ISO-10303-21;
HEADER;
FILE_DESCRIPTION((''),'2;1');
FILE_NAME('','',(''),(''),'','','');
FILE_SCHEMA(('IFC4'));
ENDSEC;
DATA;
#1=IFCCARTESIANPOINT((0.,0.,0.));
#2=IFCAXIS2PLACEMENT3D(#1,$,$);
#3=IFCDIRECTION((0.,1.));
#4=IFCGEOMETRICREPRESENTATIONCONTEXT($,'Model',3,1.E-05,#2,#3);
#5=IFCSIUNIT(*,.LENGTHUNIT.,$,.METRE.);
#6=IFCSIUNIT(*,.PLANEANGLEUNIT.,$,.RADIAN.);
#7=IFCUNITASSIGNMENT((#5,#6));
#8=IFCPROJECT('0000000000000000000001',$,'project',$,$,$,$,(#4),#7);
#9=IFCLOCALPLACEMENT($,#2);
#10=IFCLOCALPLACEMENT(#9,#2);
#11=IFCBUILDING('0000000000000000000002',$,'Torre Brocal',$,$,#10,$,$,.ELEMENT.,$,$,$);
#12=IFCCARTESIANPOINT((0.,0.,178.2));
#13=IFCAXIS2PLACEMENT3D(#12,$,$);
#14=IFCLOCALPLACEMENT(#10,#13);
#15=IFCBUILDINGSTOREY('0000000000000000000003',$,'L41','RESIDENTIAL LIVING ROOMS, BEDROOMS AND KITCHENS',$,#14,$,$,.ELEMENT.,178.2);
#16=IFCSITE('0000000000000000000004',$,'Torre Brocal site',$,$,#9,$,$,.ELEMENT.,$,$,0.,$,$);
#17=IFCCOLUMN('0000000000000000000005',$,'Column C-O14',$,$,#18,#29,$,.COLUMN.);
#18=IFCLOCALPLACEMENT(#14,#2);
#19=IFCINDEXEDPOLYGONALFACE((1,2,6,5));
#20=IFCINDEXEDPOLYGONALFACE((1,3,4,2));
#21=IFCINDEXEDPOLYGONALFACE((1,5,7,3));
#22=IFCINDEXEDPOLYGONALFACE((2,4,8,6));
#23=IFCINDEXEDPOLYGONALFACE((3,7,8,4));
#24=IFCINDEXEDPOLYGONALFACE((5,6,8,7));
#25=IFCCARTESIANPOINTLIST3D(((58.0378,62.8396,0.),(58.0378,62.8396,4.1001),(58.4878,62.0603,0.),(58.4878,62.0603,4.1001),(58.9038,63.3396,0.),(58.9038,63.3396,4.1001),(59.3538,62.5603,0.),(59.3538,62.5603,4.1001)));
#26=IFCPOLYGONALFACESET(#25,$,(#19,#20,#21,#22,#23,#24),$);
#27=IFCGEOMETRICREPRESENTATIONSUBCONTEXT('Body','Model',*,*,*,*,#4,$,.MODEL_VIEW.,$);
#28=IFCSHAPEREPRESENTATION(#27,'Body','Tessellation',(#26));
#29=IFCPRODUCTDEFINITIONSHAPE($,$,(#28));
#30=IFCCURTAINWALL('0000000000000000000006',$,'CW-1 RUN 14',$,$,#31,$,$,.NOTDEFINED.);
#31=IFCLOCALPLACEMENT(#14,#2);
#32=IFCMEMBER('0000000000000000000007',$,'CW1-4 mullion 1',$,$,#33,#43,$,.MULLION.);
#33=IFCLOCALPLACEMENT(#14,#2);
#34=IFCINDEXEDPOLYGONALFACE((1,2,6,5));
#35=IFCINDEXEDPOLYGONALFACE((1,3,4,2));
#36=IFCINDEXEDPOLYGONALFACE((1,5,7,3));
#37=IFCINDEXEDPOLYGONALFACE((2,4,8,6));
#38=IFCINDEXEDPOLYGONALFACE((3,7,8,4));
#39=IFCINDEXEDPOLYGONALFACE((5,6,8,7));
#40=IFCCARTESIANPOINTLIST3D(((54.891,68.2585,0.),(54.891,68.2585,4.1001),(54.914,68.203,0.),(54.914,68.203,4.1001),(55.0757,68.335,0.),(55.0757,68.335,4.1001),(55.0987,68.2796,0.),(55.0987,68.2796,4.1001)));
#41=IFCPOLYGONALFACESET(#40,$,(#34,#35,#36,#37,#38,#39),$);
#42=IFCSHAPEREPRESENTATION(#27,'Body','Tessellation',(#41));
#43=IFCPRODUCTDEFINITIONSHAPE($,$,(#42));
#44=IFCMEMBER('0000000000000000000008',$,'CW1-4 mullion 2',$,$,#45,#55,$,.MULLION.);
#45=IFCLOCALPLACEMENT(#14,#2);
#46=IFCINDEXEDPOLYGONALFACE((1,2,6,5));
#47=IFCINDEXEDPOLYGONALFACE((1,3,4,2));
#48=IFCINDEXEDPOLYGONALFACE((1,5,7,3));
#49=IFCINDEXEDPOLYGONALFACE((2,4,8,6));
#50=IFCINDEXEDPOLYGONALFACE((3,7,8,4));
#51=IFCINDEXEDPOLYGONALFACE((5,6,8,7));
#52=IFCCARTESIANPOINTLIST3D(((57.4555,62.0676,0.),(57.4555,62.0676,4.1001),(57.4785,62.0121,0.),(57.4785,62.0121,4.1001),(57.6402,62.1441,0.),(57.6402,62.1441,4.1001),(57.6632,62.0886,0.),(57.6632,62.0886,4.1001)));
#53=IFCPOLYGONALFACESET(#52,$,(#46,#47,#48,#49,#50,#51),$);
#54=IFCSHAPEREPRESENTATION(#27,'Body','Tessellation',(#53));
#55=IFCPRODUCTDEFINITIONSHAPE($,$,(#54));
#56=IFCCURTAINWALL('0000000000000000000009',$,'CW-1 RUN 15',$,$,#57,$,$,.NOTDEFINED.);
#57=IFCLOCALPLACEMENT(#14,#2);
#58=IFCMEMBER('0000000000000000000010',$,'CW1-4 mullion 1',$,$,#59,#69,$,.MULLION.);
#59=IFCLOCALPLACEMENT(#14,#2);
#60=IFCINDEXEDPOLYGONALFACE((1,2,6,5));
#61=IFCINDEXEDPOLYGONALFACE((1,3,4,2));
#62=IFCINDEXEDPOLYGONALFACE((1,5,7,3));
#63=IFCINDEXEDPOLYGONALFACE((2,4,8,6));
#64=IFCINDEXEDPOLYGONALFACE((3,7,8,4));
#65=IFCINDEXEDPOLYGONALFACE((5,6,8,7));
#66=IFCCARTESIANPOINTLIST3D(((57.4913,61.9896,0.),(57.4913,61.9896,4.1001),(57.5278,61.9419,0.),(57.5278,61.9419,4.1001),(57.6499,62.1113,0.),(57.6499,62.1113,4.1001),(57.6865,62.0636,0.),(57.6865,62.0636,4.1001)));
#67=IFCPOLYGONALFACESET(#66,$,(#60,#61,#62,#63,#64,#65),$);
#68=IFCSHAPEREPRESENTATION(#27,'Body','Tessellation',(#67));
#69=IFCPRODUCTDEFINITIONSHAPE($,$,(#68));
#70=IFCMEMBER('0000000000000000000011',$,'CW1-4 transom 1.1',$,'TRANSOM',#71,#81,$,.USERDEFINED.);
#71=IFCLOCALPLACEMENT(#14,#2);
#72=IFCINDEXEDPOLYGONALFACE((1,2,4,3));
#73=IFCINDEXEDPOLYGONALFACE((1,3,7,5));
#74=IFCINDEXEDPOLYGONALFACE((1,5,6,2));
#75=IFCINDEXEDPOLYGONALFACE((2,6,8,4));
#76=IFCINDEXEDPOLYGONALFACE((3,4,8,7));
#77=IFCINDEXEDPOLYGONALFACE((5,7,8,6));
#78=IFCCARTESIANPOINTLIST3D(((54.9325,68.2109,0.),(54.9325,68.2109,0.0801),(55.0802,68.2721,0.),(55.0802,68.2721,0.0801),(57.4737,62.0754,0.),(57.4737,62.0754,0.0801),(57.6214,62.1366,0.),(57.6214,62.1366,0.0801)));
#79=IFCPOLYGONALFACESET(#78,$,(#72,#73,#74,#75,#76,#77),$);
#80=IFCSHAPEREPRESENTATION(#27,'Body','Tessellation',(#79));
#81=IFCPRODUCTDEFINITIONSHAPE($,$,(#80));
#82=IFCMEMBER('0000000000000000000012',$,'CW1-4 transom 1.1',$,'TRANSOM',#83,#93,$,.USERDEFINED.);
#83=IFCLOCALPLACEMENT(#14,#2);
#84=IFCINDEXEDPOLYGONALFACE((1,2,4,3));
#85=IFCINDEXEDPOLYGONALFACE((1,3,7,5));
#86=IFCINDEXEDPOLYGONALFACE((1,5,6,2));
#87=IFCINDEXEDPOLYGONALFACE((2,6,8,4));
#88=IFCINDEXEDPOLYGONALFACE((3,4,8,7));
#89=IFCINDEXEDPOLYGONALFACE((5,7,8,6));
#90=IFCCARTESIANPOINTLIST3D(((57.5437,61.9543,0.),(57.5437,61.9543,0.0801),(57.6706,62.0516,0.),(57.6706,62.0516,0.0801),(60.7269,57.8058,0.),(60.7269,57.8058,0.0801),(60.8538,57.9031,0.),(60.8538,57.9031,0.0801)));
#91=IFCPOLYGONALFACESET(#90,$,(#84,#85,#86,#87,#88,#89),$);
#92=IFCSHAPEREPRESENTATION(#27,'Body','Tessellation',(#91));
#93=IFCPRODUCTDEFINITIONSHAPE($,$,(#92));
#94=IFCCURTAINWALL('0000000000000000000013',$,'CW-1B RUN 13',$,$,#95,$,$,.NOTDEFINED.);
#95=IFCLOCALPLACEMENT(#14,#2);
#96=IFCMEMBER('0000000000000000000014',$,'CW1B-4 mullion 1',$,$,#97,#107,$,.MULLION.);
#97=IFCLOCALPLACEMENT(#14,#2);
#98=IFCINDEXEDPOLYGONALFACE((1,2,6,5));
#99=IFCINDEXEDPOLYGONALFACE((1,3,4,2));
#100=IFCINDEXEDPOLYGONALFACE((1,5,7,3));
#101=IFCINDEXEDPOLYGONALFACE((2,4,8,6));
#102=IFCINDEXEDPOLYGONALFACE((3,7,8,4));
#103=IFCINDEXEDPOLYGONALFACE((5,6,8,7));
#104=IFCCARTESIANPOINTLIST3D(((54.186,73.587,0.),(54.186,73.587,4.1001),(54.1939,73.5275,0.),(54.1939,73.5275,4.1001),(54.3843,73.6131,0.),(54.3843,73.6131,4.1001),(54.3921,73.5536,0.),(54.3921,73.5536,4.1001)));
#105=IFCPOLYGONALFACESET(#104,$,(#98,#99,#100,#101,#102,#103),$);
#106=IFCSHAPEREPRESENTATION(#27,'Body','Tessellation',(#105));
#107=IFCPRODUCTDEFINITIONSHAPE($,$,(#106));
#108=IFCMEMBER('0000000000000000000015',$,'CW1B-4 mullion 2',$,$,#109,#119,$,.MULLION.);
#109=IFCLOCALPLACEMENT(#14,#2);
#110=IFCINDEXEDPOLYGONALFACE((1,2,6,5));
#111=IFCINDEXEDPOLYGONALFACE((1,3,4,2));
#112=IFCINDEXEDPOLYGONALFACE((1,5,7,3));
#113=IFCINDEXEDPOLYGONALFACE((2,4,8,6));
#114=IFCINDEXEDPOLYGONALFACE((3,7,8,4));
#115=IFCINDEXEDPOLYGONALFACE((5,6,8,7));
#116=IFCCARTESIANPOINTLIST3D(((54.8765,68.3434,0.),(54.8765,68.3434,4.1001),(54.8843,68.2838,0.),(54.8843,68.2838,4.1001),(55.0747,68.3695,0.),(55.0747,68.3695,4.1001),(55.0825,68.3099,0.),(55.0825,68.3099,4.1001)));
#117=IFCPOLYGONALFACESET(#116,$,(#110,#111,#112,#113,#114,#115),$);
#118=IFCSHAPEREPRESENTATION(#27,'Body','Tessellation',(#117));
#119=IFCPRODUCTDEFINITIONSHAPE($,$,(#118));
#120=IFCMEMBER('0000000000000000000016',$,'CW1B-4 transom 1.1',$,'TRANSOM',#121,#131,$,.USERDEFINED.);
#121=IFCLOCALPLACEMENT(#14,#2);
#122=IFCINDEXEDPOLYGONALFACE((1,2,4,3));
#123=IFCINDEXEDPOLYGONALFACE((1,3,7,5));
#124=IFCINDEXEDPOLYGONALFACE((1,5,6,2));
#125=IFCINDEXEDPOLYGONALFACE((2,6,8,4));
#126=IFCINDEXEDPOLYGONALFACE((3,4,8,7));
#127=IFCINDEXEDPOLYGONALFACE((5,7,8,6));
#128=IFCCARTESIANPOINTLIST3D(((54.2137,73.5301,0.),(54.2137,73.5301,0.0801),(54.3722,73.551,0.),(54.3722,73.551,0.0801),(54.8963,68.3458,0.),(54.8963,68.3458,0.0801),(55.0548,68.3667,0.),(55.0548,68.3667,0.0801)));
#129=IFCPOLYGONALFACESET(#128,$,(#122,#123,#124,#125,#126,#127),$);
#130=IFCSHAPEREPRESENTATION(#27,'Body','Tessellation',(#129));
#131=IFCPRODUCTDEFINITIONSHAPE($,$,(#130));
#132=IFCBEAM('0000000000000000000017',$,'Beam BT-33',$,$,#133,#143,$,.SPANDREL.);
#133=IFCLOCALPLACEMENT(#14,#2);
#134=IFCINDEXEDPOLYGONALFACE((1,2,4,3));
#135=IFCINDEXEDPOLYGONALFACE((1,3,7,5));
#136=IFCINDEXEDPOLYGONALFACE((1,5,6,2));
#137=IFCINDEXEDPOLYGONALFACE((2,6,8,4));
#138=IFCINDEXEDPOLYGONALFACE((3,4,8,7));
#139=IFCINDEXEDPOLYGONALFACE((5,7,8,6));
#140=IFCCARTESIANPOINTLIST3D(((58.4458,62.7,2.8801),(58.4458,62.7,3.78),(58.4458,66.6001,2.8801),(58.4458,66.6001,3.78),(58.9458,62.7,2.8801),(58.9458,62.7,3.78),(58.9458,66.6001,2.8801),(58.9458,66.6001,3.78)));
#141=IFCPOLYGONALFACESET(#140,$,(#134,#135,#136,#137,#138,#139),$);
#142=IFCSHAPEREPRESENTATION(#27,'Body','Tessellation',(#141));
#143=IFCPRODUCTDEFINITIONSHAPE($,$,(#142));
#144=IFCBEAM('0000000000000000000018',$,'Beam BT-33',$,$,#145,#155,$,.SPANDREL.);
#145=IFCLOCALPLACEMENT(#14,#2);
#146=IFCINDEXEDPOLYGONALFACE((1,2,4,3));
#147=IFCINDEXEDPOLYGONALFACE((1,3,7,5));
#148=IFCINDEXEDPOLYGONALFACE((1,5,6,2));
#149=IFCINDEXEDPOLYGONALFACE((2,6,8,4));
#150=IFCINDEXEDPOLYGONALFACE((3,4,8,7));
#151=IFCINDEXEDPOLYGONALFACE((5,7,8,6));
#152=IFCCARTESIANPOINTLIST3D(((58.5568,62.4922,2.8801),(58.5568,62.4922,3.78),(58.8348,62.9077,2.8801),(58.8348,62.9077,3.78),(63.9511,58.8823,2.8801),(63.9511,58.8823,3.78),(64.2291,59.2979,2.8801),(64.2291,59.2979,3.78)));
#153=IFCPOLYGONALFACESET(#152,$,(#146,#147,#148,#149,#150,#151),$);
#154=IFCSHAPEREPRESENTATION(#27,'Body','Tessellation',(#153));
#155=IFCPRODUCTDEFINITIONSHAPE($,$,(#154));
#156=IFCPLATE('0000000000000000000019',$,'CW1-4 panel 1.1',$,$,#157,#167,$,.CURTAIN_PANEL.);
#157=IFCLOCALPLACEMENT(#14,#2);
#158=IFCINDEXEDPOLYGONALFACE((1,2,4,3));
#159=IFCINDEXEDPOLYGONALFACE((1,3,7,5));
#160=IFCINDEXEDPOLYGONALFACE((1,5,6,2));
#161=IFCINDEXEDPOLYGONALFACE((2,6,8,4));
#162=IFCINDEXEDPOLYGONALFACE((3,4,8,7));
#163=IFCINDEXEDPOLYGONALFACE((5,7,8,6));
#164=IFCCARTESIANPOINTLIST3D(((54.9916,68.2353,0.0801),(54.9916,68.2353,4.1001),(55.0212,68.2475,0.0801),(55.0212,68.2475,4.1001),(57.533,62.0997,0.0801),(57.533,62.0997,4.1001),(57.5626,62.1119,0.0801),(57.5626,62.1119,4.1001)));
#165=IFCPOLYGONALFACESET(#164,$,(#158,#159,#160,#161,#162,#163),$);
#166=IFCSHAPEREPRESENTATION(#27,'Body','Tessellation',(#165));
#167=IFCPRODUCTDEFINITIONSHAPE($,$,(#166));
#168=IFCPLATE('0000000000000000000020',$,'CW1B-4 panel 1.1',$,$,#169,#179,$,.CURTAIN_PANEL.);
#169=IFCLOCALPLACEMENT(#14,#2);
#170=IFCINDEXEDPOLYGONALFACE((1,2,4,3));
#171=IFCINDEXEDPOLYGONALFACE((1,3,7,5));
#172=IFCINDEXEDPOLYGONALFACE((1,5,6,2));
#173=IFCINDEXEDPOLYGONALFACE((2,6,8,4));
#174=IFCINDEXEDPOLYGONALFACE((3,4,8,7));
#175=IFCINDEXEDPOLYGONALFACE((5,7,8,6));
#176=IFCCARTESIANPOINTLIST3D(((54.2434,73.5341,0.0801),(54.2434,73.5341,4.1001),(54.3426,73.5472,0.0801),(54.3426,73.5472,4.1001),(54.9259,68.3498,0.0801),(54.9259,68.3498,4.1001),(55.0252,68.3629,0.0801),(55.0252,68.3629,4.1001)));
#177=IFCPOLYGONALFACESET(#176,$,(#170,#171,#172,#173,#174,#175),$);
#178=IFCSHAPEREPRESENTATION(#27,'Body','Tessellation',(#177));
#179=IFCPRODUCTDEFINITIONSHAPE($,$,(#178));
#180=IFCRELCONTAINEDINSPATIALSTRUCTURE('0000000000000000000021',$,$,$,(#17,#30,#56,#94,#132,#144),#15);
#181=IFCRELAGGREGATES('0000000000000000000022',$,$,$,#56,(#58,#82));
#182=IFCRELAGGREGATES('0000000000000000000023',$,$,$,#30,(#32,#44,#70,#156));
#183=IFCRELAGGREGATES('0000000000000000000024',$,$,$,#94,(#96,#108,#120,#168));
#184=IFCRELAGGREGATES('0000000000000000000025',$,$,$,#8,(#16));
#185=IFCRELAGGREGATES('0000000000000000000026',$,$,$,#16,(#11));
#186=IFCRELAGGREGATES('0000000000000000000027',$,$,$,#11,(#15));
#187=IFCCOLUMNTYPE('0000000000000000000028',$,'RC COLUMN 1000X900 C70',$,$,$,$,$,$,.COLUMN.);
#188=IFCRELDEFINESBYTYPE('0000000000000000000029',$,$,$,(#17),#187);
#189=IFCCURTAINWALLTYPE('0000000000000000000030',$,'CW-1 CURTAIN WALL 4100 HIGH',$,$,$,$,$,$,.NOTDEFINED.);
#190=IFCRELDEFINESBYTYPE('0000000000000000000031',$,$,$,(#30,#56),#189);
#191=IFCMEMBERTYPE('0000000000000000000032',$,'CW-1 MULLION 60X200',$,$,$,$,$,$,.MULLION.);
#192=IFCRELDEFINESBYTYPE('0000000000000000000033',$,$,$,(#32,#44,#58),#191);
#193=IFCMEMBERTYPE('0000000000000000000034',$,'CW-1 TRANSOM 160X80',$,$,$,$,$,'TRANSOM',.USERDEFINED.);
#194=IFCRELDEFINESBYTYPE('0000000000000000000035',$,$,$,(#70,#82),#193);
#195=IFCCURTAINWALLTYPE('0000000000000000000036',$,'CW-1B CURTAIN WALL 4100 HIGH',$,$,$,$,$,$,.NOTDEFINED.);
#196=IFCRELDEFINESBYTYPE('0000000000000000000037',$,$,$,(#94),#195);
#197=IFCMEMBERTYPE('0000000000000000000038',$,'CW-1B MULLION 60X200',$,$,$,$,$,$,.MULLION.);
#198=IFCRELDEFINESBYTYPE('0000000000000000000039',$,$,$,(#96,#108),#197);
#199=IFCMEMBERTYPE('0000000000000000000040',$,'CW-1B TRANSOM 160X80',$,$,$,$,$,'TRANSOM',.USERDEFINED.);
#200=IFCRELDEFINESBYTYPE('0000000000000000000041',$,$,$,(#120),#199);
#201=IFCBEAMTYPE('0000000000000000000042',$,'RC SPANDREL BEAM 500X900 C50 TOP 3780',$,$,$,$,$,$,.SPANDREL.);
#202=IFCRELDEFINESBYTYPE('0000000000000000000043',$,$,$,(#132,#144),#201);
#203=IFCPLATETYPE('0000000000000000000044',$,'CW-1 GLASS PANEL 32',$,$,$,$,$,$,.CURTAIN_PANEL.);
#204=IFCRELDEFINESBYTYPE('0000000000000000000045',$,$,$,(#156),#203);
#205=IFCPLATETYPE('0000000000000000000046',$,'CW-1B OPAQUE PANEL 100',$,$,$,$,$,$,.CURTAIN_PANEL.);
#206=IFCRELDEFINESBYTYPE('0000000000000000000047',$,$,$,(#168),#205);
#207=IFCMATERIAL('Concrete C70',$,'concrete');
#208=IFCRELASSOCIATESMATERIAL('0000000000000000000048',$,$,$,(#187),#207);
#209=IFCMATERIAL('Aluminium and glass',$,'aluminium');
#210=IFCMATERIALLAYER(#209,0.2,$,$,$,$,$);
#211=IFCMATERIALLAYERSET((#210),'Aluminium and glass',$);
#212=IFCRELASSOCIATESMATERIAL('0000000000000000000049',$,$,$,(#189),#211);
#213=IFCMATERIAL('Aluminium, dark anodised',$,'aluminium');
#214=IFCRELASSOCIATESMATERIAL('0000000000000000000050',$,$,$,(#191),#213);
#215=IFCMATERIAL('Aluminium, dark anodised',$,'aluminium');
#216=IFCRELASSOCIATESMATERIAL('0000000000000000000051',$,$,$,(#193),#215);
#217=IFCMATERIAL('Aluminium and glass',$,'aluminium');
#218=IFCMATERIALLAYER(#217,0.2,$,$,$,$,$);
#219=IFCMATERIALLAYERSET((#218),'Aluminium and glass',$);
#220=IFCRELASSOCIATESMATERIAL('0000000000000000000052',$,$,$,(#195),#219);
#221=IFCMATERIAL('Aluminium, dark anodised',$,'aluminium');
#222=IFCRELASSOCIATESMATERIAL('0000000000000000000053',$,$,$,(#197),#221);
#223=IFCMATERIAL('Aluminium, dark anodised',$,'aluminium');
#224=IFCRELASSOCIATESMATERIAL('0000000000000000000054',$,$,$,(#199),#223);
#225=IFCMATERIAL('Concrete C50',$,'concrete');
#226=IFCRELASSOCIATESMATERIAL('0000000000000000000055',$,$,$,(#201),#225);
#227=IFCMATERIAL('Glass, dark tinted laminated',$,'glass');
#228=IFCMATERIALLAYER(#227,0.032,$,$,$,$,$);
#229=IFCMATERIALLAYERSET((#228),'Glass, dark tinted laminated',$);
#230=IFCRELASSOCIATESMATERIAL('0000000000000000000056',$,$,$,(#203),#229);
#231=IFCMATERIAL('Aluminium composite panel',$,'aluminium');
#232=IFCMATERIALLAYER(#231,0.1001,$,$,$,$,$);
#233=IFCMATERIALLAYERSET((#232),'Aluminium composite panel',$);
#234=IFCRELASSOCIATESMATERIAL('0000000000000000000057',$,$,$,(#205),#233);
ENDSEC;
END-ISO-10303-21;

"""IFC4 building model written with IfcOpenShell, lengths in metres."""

from ifc_helpers import new_model, si_unit, direction, frame, origin, origin_2d, place, context, subcontext, project, spatial, rectangle, extrude, material, layer, layer_set, material_profile, profile_set, type_object, element, aggregate, save


model = new_model("IFC4")

# Units and contexts
model_context = context("Model", 3, precision=1e-05, world=origin(), true_north=direction((0.0, 1.0)))
body_context = subcontext(model_context, "Body", "Model", "MODEL_VIEW")
ifc_project = project(units=[si_unit("LENGTHUNIT", "METRE"), si_unit("PLANEANGLEUNIT", "RADIAN")], contexts=[model_context])

# Site, building, storey
site_placement = place(None, origin())
site = spatial("IfcSite", under=ifc_project, at=site_placement, Name="Torre Brocal site", CompositionType="ELEMENT", RefElevation=0.0)
building_placement = place(site_placement, origin())
building = spatial("IfcBuilding", under=site, at=building_placement, Name="Torre Brocal", CompositionType="ELEMENT")
storey_placement = place(building_placement, frame((0.0, 0.0, 178.2)))
storey = spatial("IfcBuildingStorey", under=building, at=storey_placement, Name="L41", Description="RESIDENTIAL LIVING ROOMS, BEDROOMS AND KITCHENS", CompositionType="ELEMENT", Elevation=178.2)

# Column
ifc_material_1 = material(Name="Concrete C70", Category="concrete")
ifc_material_profile_1 = material_profile(ifc_material_1, rectangle(XDim=1.0, YDim=0.8999, at=origin_2d()), Name="RC 1000X900")
ifc_profile_set_1 = profile_set([ifc_material_profile_1], Name="Concrete C70")
column_type = type_object("IfcColumnType", Name="RC COLUMN 1000X900 C70", PredefinedType="COLUMN", material=ifc_profile_set_1)
column_placement = place(storey_placement, frame((58.6958, 62.7, 0.0), z_axis=(0.0, 0.0, 1.0), x_axis=(-0.866025, -0.5, 0.0)))
element("IfcColumn", 1, at=column_placement, inside=storey, type_object=column_type, Name="Column C-O14", PredefinedType="COLUMN", context=body_context, shape_type="SweptSolid", body=[
    extrude(rectangle(XDim=1.0, YDim=0.8999, at=origin_2d()), origin(), (0.0, 0.0, 1.0), 4.1001),
])

# Curtain wall, members
ifc_material_2 = material(Name="Aluminium and glass", Category="aluminium")
ifc_layer_1 = layer(ifc_material_2, 0.2)
ifc_layer_set_1 = layer_set([ifc_layer_1], Name="Aluminium and glass")
curtain_wall_type_1 = type_object("IfcCurtainWallType", Name="CW-1 CURTAIN WALL 4100 HIGH", PredefinedType="NOTDEFINED", material=ifc_layer_set_1)
curtain_wall_1_placement = place(storey_placement, origin())
curtain_wall_1 = element("IfcCurtainWall", 2, at=curtain_wall_1_placement, inside=storey, type_object=curtain_wall_type_1, Name="CW-1 RUN 14", PredefinedType="NOTDEFINED")
ifc_material_3 = material(Name="Aluminium, dark anodised", Category="aluminium")
ifc_material_profile_2 = material_profile(ifc_material_3, rectangle(XDim=0.2, YDim=0.0601, at=origin_2d()), Name="CW-1 MULLION 60X200")
ifc_profile_set_2 = profile_set([ifc_material_profile_2], Name="Aluminium, dark anodised")
member_type_1 = type_object("IfcMemberType", Name="CW-1 MULLION 60X200", PredefinedType="MULLION", material=ifc_profile_set_2)
member_1_placement = place(storey_placement, frame((54.9949, 68.269, 0.0), z_axis=(0.0, 0.0, 1.0), x_axis=(0.92388, 0.382683, 0.0)))
member_1 = element("IfcMember", 3, at=member_1_placement, type_object=member_type_1, Name="CW1-4 mullion 1", PredefinedType="MULLION", context=body_context, shape_type="SweptSolid", body=[
    extrude(rectangle(XDim=0.2, YDim=0.0601, at=origin_2d()), origin(), (0.0, 0.0, 1.0), 4.1001),
])
member_2_placement = place(storey_placement, frame((57.5593, 62.0781, 0.0), z_axis=(0.0, 0.0, 1.0), x_axis=(0.92388, 0.382683, 0.0)))
member_2 = element("IfcMember", 4, at=member_2_placement, type_object=member_type_1, Name="CW1-4 mullion 2", PredefinedType="MULLION", context=body_context, shape_type="SweptSolid", body=[
    extrude(rectangle(XDim=0.2, YDim=0.0601, at=origin_2d()), origin(), (0.0, 0.0, 1.0), 4.1001),
])

# Curtain wall, member
curtain_wall_2_placement = place(storey_placement, origin())
curtain_wall_2 = element("IfcCurtainWall", 5, at=curtain_wall_2_placement, inside=storey, type_object=curtain_wall_type_1, Name="CW-1 RUN 15", PredefinedType="NOTDEFINED")
member_3_placement = place(storey_placement, frame((57.5889, 62.0266, 0.0), z_axis=(0.0, 0.0, 1.0), x_axis=(0.793353, 0.608761, 0.0)))
member_3 = element("IfcMember", 6, at=member_3_placement, type_object=member_type_1, Name="CW1-4 mullion 1", PredefinedType="MULLION", context=body_context, shape_type="SweptSolid", body=[
    extrude(rectangle(XDim=0.2, YDim=0.0601, at=origin_2d()), origin(), (0.0, 0.0, 1.0), 4.1001),
])

# Members
ifc_material_4 = material(Name="Aluminium, dark anodised", Category="aluminium")
ifc_material_profile_3 = material_profile(ifc_material_4, rectangle(XDim=0.1599, YDim=0.0801, at=origin_2d()), Name="CW-1 TRANSOM 160X80")
ifc_profile_set_3 = profile_set([ifc_material_profile_3], Name="Aluminium, dark anodised")
member_type_2 = type_object("IfcMemberType", Name="CW-1 TRANSOM 160X80", ElementType="TRANSOM", PredefinedType="USERDEFINED", material=ifc_profile_set_3)
member_4_placement = place(storey_placement, frame((55.0063, 68.2415, 0.04), z_axis=(0.382665, -0.923887, 0.0), x_axis=(0.923887, 0.382665, 0.0)))
member_4 = element("IfcMember", 7, at=member_4_placement, type_object=member_type_2, Name="CW1-4 transom 1.1", ObjectType="TRANSOM", PredefinedType="USERDEFINED", context=body_context, shape_type="SweptSolid", body=[
    extrude(rectangle(XDim=0.1599, YDim=0.0801, at=origin_2d()), origin(), (0.0, 0.0, 1.0), 6.6409),
])
member_5_placement = place(storey_placement, frame((57.6072, 62.0029, 0.04), z_axis=(0.608749, -0.793363, 0.0), x_axis=(0.793363, 0.608749, 0.0)))
member_5 = element("IfcMember", 8, at=member_5_placement, type_object=member_type_2, Name="CW1-4 transom 1.1", ObjectType="TRANSOM", PredefinedType="USERDEFINED", context=body_context, shape_type="SweptSolid", body=[
    extrude(rectangle(XDim=0.1599, YDim=0.0801, at=origin_2d()), origin(), (0.0, 0.0, 1.0), 5.229),
])
aggregate(curtain_wall_2, [member_3, member_5])

# Curtain wall, members
ifc_material_5 = material(Name="Aluminium and glass", Category="aluminium")
ifc_layer_2 = layer(ifc_material_5, 0.2)
ifc_layer_set_2 = layer_set([ifc_layer_2], Name="Aluminium and glass")
curtain_wall_type_2 = type_object("IfcCurtainWallType", Name="CW-1B CURTAIN WALL 4100 HIGH", PredefinedType="NOTDEFINED", material=ifc_layer_set_2)
curtain_wall_3_placement = place(storey_placement, origin())
curtain_wall_3 = element("IfcCurtainWall", 9, at=curtain_wall_3_placement, inside=storey, type_object=curtain_wall_type_2, Name="CW-1B RUN 13", PredefinedType="NOTDEFINED")
ifc_material_6 = material(Name="Aluminium, dark anodised", Category="aluminium")
ifc_material_profile_4 = material_profile(ifc_material_6, rectangle(XDim=0.2, YDim=0.0601, at=origin_2d()), Name="CW-1B MULLION 60X200")
ifc_profile_set_4 = profile_set([ifc_material_profile_4], Name="Aluminium, dark anodised")
member_type_3 = type_object("IfcMemberType", Name="CW-1B MULLION 60X200", PredefinedType="MULLION", material=ifc_profile_set_4)
member_6_placement = place(storey_placement, frame((54.2891, 73.5703, 0.0), z_axis=(0.0, 0.0, 1.0), x_axis=(0.991445, 0.130526, 0.0)))
member_6 = element("IfcMember", 10, at=member_6_placement, type_object=member_type_3, Name="CW1B-4 mullion 1", PredefinedType="MULLION", context=body_context, shape_type="SweptSolid", body=[
    extrude(rectangle(XDim=0.2, YDim=0.0601, at=origin_2d()), origin(), (0.0, 0.0, 1.0), 4.1001),
])
member_7_placement = place(storey_placement, frame((54.9795, 68.3267, 0.0), z_axis=(0.0, 0.0, 1.0), x_axis=(0.991445, 0.130526, 0.0)))
member_7 = element("IfcMember", 11, at=member_7_placement, type_object=member_type_3, Name="CW1B-4 mullion 2", PredefinedType="MULLION", context=body_context, shape_type="SweptSolid", body=[
    extrude(rectangle(XDim=0.2, YDim=0.0601, at=origin_2d()), origin(), (0.0, 0.0, 1.0), 4.1001),
])
ifc_material_7 = material(Name="Aluminium, dark anodised", Category="aluminium")
ifc_material_profile_5 = material_profile(ifc_material_7, rectangle(XDim=0.1599, YDim=0.0801, at=origin_2d()), Name="CW-1B TRANSOM 160X80")
ifc_profile_set_5 = profile_set([ifc_material_profile_5], Name="Aluminium, dark anodised")
member_type_4 = type_object("IfcMemberType", Name="CW-1B TRANSOM 160X80", ElementType="TRANSOM", PredefinedType="USERDEFINED", material=ifc_profile_set_5)
member_8_placement = place(storey_placement, frame((54.293, 73.5405, 0.04), z_axis=(0.130543, -0.991443, 0.0), x_axis=(0.991443, 0.130543, 0.0)))
member_8 = element("IfcMember", 12, at=member_8_placement, type_object=member_type_4, Name="CW1B-4 transom 1.1", ObjectType="TRANSOM", PredefinedType="USERDEFINED", context=body_context, shape_type="SweptSolid", body=[
    extrude(rectangle(XDim=0.1599, YDim=0.0801, at=origin_2d()), origin(), (0.0, 0.0, 1.0), 5.229),
])

# Beams
ifc_material_8 = material(Name="Concrete C50", Category="concrete")
ifc_material_profile_6 = material_profile(ifc_material_8, rectangle(XDim=0.5, YDim=0.8999, at=origin_2d()), Name="RC 500X900")
ifc_profile_set_6 = profile_set([ifc_material_profile_6], Name="Concrete C50")
beam_type = type_object("IfcBeamType", Name="RC SPANDREL BEAM 500X900 C50 TOP 3780", PredefinedType="SPANDREL", material=ifc_profile_set_6)
beam_1_placement = place(storey_placement, frame((58.6958, 62.7, 3.3301), z_axis=(0.0, 1.0, 0.0), x_axis=(-1.0, 0.0, 0.0)))
element("IfcBeam", 13, at=beam_1_placement, inside=storey, type_object=beam_type, Name="Beam BT-33", PredefinedType="SPANDREL", context=body_context, shape_type="SweptSolid", body=[
    extrude(rectangle(XDim=0.5, YDim=0.8999, at=origin_2d()), origin(), (0.0, 0.0, 1.0), 3.9001),
])
beam_2_placement = place(storey_placement, frame((58.6958, 62.7, 3.3301), z_axis=(0.831077, -0.556158, 0.0), x_axis=(0.556158, 0.831077, 0.0)))
element("IfcBeam", 14, at=beam_2_placement, inside=storey, type_object=beam_type, Name="Beam BT-33", PredefinedType="SPANDREL", context=body_context, shape_type="SweptSolid", body=[
    extrude(rectangle(XDim=0.5, YDim=0.8999, at=origin_2d()), origin(), (0.0, 0.0, 1.0), 6.4907),
])

# Plates
ifc_material_9 = material(Name="Glass, dark tinted laminated", Category="glass")
ifc_layer_3 = layer(ifc_material_9, 0.032)
ifc_layer_set_3 = layer_set([ifc_layer_3], Name="Glass, dark tinted laminated")
plate_type_1 = type_object("IfcPlateType", Name="CW-1 GLASS PANEL 32", PredefinedType="CURTAIN_PANEL", material=ifc_layer_set_3)
plate_1_placement = place(storey_placement, frame((56.2771, 65.1736, 0.0801), z_axis=(0.0, 0.0, 1.0), x_axis=(0.382683, -0.92388, 0.0)))
plate_1 = element("IfcPlate", 15, at=plate_1_placement, type_object=plate_type_1, Name="CW1-4 panel 1.1", PredefinedType="CURTAIN_PANEL", context=body_context, shape_type="SweptSolid", body=[
    extrude(rectangle(XDim=6.6411, YDim=0.032, at=origin_2d()), origin(), (0.0, 0.0, 1.0), 4.02),
])
aggregate(curtain_wall_1, [member_1, member_2, member_4, plate_1])
ifc_material_10 = material(Name="Aluminium composite panel", Category="aluminium")
ifc_layer_4 = layer(ifc_material_10, 0.1001)
ifc_layer_set_4 = layer_set([ifc_layer_4], Name="Aluminium composite panel")
plate_type_2 = type_object("IfcPlateType", Name="CW-1B OPAQUE PANEL 100", PredefinedType="CURTAIN_PANEL", material=ifc_layer_set_4)
plate_2_placement = place(storey_placement, frame((54.6343, 70.9485, 0.0801), z_axis=(0.0, 0.0, 1.0), x_axis=(0.130526, -0.991445, 0.0)))
plate_2 = element("IfcPlate", 16, at=plate_2_placement, type_object=plate_type_2, Name="CW1B-4 panel 1.1", PredefinedType="CURTAIN_PANEL", context=body_context, shape_type="SweptSolid", body=[
    extrude(rectangle(XDim=5.229, YDim=0.1001, at=origin_2d()), origin(), (0.0, 0.0, 1.0), 4.02),
])
aggregate(curtain_wall_3, [member_6, member_7, member_8, plate_2])

save(model, "model.ifc")
